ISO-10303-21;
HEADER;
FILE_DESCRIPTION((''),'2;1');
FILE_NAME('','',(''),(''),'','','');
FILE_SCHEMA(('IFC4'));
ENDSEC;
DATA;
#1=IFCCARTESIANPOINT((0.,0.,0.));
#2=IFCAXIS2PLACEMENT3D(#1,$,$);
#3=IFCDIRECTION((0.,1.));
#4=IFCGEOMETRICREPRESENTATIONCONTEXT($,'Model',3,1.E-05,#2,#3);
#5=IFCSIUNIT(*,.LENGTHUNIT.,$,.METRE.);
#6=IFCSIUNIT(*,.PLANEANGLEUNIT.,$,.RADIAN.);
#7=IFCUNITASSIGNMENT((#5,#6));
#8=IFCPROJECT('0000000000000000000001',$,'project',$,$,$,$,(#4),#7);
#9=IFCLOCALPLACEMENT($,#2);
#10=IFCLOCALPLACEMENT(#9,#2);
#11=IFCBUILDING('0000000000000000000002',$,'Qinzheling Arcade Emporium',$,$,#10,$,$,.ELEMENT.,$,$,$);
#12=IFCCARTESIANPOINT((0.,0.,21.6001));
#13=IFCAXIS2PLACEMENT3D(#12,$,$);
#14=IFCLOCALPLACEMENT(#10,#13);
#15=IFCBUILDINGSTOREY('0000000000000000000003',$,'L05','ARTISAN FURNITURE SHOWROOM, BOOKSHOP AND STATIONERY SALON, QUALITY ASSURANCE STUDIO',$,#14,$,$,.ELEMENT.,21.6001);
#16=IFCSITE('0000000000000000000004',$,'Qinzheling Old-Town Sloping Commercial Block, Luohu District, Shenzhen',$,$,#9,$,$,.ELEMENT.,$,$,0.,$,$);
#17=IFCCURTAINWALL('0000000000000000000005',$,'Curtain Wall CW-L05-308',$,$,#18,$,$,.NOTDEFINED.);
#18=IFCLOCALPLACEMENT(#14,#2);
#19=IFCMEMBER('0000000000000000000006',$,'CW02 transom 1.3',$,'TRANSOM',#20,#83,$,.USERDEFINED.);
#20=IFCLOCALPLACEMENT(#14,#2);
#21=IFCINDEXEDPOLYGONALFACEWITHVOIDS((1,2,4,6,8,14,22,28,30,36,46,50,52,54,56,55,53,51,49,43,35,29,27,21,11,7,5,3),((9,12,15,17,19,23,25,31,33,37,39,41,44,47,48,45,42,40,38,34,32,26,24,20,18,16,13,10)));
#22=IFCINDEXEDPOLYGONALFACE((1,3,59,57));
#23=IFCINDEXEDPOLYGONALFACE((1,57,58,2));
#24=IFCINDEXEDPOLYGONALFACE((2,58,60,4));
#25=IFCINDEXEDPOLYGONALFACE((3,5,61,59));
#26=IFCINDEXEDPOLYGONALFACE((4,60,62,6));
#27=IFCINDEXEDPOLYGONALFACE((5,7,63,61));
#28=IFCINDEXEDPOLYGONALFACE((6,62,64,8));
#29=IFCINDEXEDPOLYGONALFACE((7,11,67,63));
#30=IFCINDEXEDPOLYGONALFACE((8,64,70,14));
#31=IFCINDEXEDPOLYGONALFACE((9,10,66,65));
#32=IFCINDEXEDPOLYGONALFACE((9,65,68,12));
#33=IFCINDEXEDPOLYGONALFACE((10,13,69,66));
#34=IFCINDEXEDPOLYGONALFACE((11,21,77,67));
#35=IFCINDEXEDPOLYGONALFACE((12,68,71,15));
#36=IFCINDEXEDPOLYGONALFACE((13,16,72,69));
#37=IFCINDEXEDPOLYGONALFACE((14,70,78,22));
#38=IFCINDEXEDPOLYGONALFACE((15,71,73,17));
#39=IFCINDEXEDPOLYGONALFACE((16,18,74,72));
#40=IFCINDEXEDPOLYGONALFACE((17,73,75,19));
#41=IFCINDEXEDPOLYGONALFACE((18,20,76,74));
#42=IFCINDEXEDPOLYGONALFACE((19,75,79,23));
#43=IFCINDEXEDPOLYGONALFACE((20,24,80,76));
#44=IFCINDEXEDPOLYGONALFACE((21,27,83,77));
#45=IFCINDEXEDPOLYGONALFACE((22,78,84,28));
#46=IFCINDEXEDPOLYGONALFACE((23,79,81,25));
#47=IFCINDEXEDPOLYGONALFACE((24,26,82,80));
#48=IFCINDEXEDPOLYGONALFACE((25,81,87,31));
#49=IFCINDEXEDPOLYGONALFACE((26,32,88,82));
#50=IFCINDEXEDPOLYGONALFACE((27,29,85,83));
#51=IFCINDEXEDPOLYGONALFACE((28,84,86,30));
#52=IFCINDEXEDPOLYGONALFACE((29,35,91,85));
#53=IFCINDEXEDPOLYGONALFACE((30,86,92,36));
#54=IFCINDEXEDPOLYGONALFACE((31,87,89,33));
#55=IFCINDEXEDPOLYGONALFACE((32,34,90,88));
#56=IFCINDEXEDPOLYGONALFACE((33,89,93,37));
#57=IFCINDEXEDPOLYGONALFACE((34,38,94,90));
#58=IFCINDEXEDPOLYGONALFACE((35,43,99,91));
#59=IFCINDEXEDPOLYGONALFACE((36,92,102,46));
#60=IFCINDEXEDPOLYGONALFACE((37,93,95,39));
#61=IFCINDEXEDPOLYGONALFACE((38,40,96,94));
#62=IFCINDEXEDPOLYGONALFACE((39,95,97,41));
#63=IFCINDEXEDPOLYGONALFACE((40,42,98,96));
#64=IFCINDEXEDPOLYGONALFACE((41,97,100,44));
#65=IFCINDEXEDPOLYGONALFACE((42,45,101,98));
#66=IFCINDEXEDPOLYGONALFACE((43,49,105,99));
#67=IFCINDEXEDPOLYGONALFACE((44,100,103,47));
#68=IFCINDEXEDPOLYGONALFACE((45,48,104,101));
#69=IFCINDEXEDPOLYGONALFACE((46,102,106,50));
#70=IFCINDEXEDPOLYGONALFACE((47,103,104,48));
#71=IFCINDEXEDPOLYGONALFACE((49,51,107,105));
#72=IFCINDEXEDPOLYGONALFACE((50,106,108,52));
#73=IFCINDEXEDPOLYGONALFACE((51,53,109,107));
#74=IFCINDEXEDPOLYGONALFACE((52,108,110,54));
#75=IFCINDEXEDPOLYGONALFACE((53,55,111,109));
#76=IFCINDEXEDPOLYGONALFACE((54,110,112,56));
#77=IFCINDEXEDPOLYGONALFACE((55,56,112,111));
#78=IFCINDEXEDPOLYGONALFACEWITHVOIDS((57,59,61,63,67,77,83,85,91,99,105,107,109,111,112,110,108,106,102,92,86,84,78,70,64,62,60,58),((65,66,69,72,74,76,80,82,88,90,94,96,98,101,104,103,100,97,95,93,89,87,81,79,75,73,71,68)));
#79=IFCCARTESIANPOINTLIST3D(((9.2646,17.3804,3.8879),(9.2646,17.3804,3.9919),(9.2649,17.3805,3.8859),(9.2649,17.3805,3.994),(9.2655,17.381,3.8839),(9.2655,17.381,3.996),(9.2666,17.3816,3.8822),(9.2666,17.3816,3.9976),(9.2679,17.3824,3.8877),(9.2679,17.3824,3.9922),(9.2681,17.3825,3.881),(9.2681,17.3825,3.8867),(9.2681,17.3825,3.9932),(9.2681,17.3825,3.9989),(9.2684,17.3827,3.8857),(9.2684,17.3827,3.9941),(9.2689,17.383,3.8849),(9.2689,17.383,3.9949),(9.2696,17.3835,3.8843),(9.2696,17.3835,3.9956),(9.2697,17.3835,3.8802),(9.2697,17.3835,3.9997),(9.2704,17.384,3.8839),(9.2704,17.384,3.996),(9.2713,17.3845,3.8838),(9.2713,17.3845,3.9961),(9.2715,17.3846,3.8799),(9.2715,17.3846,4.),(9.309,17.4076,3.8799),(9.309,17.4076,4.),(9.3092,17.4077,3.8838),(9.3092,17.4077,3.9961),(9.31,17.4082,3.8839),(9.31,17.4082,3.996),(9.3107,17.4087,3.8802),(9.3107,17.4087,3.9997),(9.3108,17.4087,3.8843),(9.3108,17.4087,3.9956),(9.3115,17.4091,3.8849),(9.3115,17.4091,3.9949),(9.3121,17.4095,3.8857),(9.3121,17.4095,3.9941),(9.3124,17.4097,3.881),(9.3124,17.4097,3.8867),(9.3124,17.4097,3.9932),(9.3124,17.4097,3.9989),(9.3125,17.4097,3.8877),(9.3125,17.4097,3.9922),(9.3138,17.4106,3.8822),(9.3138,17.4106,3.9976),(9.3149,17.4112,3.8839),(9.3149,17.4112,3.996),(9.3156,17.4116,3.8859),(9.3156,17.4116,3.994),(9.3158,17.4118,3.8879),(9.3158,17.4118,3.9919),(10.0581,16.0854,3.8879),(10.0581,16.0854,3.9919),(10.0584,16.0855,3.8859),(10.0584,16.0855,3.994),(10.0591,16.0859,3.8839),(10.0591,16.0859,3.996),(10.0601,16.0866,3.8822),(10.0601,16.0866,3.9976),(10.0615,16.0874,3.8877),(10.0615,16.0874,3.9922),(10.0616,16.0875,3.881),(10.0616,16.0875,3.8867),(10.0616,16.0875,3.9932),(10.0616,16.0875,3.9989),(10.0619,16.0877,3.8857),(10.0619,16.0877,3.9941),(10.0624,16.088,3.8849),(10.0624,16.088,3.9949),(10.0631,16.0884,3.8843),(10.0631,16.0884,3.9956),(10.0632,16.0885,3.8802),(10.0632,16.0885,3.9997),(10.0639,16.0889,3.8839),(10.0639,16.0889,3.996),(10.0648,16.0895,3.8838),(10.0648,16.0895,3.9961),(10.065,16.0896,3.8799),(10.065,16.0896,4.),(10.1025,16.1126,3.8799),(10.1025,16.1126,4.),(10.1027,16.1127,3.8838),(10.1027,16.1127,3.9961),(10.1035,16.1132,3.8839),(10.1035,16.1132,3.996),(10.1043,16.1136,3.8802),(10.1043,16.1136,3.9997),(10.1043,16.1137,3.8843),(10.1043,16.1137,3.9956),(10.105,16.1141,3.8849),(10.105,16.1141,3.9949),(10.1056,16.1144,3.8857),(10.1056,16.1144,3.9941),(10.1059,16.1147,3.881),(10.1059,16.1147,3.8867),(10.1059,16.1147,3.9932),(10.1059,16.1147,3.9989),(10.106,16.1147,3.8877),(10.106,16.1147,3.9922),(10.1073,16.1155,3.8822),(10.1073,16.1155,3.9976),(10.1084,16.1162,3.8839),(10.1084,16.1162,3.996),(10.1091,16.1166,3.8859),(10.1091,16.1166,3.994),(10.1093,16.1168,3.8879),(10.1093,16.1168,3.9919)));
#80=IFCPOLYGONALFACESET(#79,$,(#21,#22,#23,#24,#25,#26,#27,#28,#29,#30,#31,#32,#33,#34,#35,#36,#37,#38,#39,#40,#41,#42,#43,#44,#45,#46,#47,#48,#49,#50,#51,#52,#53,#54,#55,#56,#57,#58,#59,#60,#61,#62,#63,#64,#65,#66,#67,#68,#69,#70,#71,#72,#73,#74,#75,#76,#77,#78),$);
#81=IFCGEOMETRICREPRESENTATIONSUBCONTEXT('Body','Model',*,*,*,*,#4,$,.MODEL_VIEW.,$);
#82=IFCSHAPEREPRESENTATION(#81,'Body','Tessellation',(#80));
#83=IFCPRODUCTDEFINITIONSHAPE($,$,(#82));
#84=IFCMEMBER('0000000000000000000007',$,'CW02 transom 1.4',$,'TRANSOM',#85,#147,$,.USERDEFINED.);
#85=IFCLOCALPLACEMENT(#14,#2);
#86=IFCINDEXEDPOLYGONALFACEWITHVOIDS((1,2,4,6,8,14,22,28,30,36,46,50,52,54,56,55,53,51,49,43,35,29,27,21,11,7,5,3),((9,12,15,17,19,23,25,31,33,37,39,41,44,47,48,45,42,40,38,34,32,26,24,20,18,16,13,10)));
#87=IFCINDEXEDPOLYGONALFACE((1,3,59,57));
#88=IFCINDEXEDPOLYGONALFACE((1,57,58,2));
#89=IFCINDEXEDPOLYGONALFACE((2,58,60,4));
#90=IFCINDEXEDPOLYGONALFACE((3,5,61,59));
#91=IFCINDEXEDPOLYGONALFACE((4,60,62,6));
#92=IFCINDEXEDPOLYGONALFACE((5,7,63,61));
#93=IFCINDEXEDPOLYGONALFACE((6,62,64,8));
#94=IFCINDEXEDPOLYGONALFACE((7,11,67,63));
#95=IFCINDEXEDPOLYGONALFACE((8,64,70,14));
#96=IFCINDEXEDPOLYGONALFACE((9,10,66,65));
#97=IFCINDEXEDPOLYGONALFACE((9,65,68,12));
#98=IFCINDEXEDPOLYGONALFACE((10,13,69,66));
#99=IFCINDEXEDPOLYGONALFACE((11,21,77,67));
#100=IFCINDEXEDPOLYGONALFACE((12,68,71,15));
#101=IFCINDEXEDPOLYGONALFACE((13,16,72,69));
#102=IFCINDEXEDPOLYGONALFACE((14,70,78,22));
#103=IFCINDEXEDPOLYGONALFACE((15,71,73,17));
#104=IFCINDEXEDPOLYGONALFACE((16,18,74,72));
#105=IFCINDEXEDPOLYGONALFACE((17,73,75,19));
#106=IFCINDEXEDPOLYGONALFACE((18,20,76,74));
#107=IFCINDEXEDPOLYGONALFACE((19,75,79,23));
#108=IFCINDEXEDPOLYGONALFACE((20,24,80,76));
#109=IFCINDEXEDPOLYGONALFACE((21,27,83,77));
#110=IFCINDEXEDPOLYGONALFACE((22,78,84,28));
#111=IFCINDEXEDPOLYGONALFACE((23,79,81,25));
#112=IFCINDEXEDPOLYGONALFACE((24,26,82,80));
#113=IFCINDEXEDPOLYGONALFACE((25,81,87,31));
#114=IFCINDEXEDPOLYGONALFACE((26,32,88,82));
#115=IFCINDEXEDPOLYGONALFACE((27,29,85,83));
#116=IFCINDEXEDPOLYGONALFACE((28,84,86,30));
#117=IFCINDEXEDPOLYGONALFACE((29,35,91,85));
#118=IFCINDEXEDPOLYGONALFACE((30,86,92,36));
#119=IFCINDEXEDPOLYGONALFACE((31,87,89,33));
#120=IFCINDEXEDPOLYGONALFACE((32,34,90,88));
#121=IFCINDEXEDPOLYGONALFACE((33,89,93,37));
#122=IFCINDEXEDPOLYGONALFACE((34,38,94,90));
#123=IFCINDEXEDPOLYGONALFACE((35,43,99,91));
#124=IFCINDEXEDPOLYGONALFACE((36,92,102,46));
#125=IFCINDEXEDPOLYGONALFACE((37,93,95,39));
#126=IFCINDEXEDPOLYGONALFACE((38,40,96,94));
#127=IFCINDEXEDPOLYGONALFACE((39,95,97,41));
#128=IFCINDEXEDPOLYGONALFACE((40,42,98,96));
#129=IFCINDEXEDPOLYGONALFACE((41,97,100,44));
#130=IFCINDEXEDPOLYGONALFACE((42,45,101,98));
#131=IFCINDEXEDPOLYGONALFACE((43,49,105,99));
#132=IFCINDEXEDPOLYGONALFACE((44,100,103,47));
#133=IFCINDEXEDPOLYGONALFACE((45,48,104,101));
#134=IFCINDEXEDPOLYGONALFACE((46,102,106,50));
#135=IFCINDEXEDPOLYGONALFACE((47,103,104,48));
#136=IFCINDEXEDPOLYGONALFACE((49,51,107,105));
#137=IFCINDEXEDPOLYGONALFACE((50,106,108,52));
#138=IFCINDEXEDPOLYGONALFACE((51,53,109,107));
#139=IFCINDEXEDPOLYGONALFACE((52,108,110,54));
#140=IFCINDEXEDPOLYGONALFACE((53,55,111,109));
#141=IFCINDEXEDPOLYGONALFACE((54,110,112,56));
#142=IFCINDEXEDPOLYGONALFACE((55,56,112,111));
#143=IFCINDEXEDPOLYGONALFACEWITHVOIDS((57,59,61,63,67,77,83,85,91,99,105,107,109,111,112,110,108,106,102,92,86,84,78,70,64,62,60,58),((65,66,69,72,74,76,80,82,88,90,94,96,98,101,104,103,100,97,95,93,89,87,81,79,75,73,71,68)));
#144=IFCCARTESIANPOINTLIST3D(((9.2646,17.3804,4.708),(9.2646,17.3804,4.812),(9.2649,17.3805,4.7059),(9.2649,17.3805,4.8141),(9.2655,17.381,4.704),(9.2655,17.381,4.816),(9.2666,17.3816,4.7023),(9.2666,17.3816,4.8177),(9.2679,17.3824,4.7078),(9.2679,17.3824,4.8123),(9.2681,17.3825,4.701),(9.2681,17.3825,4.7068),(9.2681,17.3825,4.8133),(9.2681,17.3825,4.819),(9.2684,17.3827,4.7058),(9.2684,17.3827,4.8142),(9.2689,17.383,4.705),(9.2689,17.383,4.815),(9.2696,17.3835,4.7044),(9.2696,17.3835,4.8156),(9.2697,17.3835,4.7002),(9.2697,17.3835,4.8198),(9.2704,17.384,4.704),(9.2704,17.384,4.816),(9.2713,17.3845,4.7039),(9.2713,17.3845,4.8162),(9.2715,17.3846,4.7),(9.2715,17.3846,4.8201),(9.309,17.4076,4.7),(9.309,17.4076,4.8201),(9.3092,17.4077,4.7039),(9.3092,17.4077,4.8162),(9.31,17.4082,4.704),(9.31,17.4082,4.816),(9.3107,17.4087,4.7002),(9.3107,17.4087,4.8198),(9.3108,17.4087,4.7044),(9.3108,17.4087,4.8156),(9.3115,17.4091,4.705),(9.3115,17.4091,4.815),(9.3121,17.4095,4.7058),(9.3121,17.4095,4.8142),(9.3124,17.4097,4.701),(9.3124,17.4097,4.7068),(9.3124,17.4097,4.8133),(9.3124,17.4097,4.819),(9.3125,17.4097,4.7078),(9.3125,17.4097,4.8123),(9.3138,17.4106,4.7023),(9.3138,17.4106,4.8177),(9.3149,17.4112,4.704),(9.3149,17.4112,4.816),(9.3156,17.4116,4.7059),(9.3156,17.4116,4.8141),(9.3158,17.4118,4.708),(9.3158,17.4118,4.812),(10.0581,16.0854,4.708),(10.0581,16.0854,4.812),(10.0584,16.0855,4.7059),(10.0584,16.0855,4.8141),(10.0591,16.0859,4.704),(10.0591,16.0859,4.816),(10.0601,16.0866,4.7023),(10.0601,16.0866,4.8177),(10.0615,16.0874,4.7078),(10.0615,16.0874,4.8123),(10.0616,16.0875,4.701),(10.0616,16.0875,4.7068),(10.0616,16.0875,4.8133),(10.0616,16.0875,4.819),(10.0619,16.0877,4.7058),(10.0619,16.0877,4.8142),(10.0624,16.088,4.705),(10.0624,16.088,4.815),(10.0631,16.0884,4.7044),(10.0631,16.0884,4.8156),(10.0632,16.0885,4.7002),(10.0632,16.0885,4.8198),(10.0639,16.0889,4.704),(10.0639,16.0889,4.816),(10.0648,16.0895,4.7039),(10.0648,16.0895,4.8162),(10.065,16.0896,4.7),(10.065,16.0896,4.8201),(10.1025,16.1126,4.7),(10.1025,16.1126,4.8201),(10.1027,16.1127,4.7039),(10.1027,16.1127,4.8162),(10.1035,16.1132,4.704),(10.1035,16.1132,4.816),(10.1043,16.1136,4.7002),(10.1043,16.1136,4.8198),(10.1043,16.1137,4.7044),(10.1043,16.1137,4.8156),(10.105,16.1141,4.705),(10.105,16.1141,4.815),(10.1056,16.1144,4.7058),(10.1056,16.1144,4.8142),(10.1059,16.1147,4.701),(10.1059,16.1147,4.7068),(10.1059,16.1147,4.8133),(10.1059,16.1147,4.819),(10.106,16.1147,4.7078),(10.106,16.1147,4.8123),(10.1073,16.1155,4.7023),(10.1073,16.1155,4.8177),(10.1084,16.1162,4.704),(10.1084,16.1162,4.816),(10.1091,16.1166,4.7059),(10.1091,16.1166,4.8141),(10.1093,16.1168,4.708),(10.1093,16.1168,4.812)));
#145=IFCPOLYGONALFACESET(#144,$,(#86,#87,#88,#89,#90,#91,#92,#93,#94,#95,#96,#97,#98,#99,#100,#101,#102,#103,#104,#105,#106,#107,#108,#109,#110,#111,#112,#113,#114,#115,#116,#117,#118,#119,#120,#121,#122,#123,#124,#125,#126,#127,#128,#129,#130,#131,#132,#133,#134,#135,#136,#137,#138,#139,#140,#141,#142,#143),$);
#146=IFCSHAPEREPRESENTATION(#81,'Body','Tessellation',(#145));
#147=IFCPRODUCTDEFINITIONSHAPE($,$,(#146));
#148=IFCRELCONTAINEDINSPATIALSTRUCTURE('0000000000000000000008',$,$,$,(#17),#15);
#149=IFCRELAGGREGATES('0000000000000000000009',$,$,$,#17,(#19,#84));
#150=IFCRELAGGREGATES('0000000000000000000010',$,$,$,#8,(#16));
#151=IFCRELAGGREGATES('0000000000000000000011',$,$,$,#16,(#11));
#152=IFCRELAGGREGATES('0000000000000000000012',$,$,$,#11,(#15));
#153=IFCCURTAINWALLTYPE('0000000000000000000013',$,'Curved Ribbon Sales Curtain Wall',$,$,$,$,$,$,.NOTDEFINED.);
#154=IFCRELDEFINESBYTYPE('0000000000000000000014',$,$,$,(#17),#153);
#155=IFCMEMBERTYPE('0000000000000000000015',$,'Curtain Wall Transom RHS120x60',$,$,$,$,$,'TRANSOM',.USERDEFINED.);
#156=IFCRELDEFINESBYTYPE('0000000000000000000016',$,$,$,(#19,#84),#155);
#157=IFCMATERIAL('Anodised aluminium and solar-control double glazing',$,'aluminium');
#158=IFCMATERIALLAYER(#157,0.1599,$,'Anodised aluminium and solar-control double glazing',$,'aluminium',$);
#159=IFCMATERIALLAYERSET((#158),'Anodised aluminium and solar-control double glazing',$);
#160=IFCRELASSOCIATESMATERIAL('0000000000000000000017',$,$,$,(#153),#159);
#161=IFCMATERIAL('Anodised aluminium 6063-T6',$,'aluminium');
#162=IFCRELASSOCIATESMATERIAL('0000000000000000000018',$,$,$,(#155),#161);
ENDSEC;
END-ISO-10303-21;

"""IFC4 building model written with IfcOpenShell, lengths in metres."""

from ifc_helpers import new_model, si_unit, direction, frame, origin, origin_2d, place, context, subcontext, project, spatial, hollow_rectangle, extrude, material, layer, layer_set, material_profile, profile_set, type_object, element, aggregate, save


model = new_model("IFC4")

# Units and contexts
model_context = context("Model", 3, precision=1e-05, world=origin(), true_north=direction((0.0, 1.0)))
body_context = subcontext(model_context, "Body", "Model", "MODEL_VIEW")
ifc_project = project(units=[si_unit("LENGTHUNIT", "METRE"), si_unit("PLANEANGLEUNIT", "RADIAN")], contexts=[model_context])

# Site, building, storey
site_placement = place(None, origin())
site = spatial("IfcSite", under=ifc_project, at=site_placement, Name="Qinzheling Old-Town Sloping Commercial Block, Luohu District, Shenzhen", CompositionType="ELEMENT", RefElevation=0.0)
building_placement = place(site_placement, origin())
building = spatial("IfcBuilding", under=site, at=building_placement, Name="Qinzheling Arcade Emporium", CompositionType="ELEMENT")
storey_placement = place(building_placement, frame((0.0, 0.0, 21.6001)))
storey = spatial("IfcBuildingStorey", under=building, at=storey_placement, Name="L05", Description="ARTISAN FURNITURE SHOWROOM, BOOKSHOP AND STATIONERY SALON, QUALITY ASSURANCE STUDIO", CompositionType="ELEMENT", Elevation=21.6001)

# Curtain wall
ifc_material_1 = material(Name="Anodised aluminium and solar-control double glazing", Category="aluminium")
ifc_layer_1 = layer(ifc_material_1, 0.1599, Name="Anodised aluminium and solar-control double glazing", Category="aluminium")
ifc_layer_set_1 = layer_set([ifc_layer_1], Name="Anodised aluminium and solar-control double glazing")
curtain_wall_type = type_object("IfcCurtainWallType", Name="Curved Ribbon Sales Curtain Wall", PredefinedType="NOTDEFINED", material=ifc_layer_set_1)
ifc_material_2 = material(Name="Anodised aluminium 6063-T6", Category="aluminium")
curtain_wall_1_placement = place(storey_placement, origin())
curtain_wall_1 = element("IfcCurtainWall", 1, at=curtain_wall_1_placement, inside=storey, type_object=curtain_wall_type, Name="Curtain Wall CW-L05-308", PredefinedType="NOTDEFINED")

# Members
ifc_material_profile_1 = material_profile(ifc_material_2, hollow_rectangle(XDim=0.0601, YDim=0.1201, WallThickness=0.0039, InnerFilletRadius=0.0039, OuterFilletRadius=0.0081, at=origin_2d()), Name="RHS 120x60x4", Category="aluminium")
ifc_profile_set_1 = profile_set([ifc_material_profile_1], Name="Anodised aluminium 6063-T6")
member_type_1 = type_object("IfcMemberType", Name="Curtain Wall Transom RHS120x60", ElementType="TRANSOM", PredefinedType="USERDEFINED", material=ifc_profile_set_1)
member_1_placement = place(storey_placement, frame((10.0837, 16.1011, 3.9399), z_axis=(-0.522464, 0.852661, 0.0), x_axis=(-0.852661, -0.522464, 0.0)))
member_1 = element("IfcMember", 2, at=member_1_placement, type_object=member_type_1, Name="CW02 transom 1.3", ObjectType="TRANSOM", PredefinedType="USERDEFINED", context=body_context, shape_type="SweptSolid", body=[
    extrude(hollow_rectangle(XDim=0.0601, YDim=0.1201, WallThickness=0.0039, InnerFilletRadius=0.0039, OuterFilletRadius=0.0081, at=origin_2d()), origin(), (0.0, 0.0, 1.0), 1.5188),
])
member_2_placement = place(storey_placement, frame((10.0837, 16.1011, 4.76), z_axis=(-0.522464, 0.852661, 0.0), x_axis=(-0.852661, -0.522464, 0.0)))
member_2 = element("IfcMember", 3, at=member_2_placement, type_object=member_type_1, Name="CW02 transom 1.4", ObjectType="TRANSOM", PredefinedType="USERDEFINED", context=body_context, shape_type="SweptSolid", body=[
    extrude(hollow_rectangle(XDim=0.0601, YDim=0.1201, WallThickness=0.0039, InnerFilletRadius=0.0039, OuterFilletRadius=0.0081, at=origin_2d()), origin(), (0.0, 0.0, 1.0), 1.5188),
])

aggregate(curtain_wall_1, [member_1, member_2])

save(model, "model.ifc")
